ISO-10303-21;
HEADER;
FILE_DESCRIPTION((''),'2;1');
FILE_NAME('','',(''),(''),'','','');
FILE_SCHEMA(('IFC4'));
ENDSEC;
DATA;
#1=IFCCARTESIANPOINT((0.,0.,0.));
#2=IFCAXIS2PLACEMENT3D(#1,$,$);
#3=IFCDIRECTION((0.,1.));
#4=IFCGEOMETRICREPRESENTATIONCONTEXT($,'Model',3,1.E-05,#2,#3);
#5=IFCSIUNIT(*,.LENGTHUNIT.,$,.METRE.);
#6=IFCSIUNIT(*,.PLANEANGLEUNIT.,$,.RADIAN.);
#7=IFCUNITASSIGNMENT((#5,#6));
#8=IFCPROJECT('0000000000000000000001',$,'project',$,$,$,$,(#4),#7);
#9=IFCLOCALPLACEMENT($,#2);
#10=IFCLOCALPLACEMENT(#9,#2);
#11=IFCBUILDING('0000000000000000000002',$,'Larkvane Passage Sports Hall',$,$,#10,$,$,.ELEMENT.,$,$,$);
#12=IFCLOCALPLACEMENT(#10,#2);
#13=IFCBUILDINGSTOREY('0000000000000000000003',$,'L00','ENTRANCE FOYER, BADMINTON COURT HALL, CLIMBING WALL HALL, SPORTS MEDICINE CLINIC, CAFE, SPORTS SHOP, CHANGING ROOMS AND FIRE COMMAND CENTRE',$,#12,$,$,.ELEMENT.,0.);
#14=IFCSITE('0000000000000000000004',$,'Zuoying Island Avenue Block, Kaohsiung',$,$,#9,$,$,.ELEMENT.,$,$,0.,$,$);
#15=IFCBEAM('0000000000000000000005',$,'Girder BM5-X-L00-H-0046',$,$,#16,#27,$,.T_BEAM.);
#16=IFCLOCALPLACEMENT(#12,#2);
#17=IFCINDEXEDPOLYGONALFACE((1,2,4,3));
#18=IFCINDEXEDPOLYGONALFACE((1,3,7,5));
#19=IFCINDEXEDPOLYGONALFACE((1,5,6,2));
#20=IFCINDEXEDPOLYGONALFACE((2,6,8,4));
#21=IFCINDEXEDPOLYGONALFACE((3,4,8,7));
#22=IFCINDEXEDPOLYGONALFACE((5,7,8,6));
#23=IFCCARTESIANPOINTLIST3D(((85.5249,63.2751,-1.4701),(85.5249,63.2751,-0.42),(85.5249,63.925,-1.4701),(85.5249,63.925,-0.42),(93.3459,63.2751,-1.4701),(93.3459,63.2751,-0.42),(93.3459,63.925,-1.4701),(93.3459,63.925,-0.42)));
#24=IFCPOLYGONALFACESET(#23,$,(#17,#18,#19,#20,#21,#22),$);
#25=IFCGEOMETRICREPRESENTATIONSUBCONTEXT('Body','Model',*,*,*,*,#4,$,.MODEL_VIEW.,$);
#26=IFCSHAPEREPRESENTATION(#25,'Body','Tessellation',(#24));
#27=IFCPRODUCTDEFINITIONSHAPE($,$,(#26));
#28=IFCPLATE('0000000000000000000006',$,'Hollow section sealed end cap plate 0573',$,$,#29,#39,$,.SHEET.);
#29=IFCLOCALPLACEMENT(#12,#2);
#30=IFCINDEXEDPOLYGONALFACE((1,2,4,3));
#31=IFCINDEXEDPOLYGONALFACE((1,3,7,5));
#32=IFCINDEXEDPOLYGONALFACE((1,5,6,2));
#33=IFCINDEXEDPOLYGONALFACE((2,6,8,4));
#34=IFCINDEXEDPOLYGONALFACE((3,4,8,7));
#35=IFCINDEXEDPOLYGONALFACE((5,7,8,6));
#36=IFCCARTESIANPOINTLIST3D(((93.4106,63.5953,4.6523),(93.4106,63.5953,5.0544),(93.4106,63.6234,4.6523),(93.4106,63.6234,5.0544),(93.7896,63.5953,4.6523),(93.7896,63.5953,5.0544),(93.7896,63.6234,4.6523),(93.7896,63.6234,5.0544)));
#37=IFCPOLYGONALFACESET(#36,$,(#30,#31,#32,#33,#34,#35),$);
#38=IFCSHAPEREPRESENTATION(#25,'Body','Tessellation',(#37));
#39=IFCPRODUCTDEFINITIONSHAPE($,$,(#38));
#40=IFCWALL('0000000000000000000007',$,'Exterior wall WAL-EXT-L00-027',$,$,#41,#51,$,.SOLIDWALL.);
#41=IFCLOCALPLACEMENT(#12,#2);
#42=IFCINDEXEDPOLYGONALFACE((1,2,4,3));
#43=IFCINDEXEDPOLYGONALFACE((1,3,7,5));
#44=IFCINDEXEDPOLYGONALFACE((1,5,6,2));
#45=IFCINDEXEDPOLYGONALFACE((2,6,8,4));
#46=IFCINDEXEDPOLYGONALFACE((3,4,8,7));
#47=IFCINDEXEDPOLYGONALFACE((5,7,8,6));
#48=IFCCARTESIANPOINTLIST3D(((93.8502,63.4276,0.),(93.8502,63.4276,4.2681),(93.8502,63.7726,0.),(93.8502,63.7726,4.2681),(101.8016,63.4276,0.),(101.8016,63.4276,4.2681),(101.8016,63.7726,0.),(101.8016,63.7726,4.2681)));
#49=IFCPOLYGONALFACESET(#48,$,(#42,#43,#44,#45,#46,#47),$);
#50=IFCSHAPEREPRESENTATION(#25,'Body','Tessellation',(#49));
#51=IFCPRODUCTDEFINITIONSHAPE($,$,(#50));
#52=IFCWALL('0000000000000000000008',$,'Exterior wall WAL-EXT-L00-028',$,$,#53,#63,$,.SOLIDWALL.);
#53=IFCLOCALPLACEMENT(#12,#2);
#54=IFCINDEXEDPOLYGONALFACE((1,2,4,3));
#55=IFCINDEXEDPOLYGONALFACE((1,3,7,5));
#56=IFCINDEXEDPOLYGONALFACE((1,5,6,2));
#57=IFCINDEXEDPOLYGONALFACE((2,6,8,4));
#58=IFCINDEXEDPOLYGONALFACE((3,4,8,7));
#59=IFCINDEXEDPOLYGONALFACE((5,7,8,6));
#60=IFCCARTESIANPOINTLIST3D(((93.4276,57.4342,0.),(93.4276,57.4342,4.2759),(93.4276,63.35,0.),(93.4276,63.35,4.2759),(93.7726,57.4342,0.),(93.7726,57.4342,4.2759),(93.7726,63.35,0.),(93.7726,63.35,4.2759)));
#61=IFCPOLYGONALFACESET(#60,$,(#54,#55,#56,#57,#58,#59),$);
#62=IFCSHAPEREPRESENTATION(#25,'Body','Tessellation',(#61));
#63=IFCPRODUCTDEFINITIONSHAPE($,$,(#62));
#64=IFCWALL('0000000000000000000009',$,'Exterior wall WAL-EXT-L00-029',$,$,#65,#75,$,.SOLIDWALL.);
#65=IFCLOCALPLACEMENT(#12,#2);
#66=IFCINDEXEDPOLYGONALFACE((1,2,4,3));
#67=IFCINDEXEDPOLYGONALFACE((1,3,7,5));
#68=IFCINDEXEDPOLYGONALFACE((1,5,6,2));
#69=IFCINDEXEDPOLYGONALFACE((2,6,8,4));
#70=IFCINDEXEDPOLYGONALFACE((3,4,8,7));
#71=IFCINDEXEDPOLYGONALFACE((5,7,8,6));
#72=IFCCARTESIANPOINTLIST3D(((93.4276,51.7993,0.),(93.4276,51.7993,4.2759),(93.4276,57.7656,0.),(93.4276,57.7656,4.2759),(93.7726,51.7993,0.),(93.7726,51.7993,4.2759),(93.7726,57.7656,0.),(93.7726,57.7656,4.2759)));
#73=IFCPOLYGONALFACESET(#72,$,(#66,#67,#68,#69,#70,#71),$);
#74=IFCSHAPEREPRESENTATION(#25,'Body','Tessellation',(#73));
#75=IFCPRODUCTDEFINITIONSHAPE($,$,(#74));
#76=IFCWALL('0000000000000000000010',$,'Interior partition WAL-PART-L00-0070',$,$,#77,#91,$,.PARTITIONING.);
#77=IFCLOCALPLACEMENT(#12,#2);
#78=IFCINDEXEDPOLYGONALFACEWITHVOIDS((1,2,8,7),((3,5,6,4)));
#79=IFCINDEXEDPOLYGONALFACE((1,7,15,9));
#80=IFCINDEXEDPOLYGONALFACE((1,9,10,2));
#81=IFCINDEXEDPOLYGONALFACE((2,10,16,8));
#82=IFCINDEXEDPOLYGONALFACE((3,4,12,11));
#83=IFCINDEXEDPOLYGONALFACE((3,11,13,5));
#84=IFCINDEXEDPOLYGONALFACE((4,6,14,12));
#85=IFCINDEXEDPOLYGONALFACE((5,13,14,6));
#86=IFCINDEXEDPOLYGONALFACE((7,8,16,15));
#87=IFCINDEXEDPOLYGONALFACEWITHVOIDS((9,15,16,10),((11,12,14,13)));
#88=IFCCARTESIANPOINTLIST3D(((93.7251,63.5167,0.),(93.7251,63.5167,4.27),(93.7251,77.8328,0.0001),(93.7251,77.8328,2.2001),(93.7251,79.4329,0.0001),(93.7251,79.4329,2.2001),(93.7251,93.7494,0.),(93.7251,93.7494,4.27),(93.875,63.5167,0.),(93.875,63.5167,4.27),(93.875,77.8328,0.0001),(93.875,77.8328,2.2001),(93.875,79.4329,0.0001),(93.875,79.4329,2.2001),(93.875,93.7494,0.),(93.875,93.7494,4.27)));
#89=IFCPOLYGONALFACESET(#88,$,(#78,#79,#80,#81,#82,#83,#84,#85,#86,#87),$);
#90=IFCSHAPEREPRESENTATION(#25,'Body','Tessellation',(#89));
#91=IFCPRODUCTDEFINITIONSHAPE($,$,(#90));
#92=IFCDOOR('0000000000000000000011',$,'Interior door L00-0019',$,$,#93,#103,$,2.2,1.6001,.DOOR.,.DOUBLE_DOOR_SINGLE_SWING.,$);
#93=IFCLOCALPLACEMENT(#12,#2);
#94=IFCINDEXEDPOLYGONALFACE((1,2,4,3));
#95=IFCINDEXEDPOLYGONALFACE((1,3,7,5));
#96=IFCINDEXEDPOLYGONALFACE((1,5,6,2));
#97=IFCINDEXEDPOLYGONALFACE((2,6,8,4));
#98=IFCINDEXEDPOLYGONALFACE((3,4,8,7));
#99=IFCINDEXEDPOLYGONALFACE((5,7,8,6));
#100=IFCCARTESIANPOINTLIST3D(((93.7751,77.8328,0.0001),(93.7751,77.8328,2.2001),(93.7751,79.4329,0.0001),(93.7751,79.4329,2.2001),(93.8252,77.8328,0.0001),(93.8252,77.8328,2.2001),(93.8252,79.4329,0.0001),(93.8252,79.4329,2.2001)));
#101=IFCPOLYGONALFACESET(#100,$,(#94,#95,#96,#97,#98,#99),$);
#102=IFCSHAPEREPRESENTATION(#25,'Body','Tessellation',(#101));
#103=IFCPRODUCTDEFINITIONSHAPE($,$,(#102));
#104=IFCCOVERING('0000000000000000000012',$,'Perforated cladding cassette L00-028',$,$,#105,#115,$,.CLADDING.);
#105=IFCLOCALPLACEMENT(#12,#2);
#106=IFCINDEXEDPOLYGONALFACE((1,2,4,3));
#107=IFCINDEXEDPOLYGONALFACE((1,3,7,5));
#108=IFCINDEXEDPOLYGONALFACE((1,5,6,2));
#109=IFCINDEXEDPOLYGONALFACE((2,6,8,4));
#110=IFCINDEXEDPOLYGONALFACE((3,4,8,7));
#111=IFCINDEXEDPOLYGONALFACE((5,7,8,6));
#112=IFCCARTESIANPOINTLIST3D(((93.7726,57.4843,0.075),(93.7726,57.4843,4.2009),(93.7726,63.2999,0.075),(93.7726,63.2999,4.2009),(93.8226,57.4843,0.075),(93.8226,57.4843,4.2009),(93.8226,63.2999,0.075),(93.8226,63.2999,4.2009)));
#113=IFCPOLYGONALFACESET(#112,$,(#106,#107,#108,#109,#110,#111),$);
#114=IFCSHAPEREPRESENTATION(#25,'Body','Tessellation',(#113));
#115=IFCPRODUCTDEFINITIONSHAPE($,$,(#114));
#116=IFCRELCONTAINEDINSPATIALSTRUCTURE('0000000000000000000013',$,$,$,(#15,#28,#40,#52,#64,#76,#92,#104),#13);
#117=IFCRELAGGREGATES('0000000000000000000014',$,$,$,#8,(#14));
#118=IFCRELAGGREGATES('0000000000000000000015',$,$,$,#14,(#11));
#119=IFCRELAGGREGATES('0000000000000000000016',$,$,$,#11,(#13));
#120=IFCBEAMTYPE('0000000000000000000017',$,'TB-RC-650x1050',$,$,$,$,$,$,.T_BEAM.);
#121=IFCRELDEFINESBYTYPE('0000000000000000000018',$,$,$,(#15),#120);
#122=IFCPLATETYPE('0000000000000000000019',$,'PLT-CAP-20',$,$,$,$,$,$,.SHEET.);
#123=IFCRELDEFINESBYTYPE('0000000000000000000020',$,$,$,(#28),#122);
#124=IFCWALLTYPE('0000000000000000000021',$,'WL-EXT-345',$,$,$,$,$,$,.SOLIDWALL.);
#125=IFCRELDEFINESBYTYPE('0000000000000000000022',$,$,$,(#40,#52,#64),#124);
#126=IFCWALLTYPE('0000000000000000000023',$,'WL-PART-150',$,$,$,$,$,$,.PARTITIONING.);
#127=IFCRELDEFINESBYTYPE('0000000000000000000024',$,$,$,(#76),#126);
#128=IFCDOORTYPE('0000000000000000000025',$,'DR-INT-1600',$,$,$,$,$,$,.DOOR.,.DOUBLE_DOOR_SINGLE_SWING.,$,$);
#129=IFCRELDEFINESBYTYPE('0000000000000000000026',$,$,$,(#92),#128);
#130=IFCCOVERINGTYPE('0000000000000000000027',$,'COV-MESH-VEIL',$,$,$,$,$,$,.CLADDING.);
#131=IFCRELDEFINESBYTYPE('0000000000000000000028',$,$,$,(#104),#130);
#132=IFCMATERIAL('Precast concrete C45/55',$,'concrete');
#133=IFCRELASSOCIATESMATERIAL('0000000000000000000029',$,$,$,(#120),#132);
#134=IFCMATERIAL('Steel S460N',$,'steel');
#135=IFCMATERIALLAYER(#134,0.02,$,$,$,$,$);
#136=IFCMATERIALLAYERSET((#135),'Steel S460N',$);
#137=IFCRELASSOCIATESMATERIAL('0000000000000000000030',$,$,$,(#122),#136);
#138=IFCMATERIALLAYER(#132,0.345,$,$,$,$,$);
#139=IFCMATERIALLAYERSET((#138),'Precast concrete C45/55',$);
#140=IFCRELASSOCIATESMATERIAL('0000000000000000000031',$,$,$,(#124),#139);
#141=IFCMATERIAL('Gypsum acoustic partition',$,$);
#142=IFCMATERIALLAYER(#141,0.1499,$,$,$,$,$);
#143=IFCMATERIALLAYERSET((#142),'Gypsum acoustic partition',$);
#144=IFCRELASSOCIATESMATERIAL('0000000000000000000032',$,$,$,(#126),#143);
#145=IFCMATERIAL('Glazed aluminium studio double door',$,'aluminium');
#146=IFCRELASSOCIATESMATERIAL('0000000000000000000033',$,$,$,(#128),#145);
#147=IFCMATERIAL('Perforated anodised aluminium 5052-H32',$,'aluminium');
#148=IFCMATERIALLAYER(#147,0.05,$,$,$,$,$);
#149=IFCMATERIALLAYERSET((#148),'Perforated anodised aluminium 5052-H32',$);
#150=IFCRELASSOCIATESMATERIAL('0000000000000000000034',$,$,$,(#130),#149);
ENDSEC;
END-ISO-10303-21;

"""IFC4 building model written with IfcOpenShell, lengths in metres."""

from ifc_helpers import new_model, si_unit, direction, frame, frame_2d, origin, origin_2d, place, context, subcontext, project, spatial, rectangle, extrude, material, layer, layer_set, material_profile, profile_set, type_object, element, fill, save


model = new_model("IFC4")

# Units and contexts
model_context = context("Model", 3, precision=1e-05, world=origin(), true_north=direction((0.0, 1.0)))
body_context = subcontext(model_context, "Body", "Model", "MODEL_VIEW")
ifc_project = project(units=[si_unit("LENGTHUNIT", "METRE"), si_unit("PLANEANGLEUNIT", "RADIAN")], contexts=[model_context])

# Site, building, storey
site_placement = place(None, origin())
site = spatial("IfcSite", under=ifc_project, at=site_placement, Name="Zuoying Island Avenue Block, Kaohsiung", CompositionType="ELEMENT", RefElevation=0.0)
building_placement = place(site_placement, origin())
building = spatial("IfcBuilding", under=site, at=building_placement, Name="Larkvane Passage Sports Hall", CompositionType="ELEMENT")
storey_placement = place(building_placement, origin())
storey = spatial("IfcBuildingStorey", under=building, at=storey_placement, Name="L00", Description="ENTRANCE FOYER, BADMINTON COURT HALL, CLIMBING WALL HALL, SPORTS MEDICINE CLINIC, CAFE, SPORTS SHOP, CHANGING ROOMS AND FIRE COMMAND CENTRE", CompositionType="ELEMENT", Elevation=0.0)

# Shared definitions
ifc_material_1 = material(Name="Steel S460N", Category="steel")

# Beam
ifc_material_2 = material(Name="Precast concrete C45/55", Category="concrete")
ifc_material_profile_1 = material_profile(ifc_material_2, rectangle(XDim=0.6499, YDim=1.05, at=origin_2d()), Name="RC-TB-650x1050")
ifc_profile_set_1 = profile_set([ifc_material_profile_1], Name="Precast concrete C45/55")
beam_type_1 = type_object("IfcBeamType", Name="TB-RC-650x1050", PredefinedType="T_BEAM", material=ifc_profile_set_1)
beam_1_placement = place(storey_placement, frame((85.5249, 63.6001, -0.9451), z_axis=(1.0, 0.0, 0.0), x_axis=(0.0, 1.0, 0.0)))
element("IfcBeam", 1, at=beam_1_placement, inside=storey, type_object=beam_type_1, Name="Girder BM5-X-L00-H-0046", PredefinedType="T_BEAM", context=body_context, shape_type="SweptSolid", body=[
    extrude(rectangle(XDim=0.6499, YDim=1.05, at=origin_2d()), origin(), (0.0, 0.0, 1.0), 7.821),
])

# Plate
ifc_layer_1 = layer(ifc_material_1, 0.02)
ifc_layer_set_1 = layer_set([ifc_layer_1], Name="Steel S460N")
plate_type = type_object("IfcPlateType", Name="PLT-CAP-20", PredefinedType="SHEET", material=ifc_layer_set_1)
plate_placement = place(storey_placement, frame((93.6001, 63.6094, 4.6523), z_axis=(0.0, 0.0, 1.0), x_axis=(-1.0, 0.0, 0.0)))
element("IfcPlate", 2, at=plate_placement, inside=storey, type_object=plate_type, Name="Hollow section sealed end cap plate 0573", PredefinedType="SHEET", context=body_context, shape_type="SweptSolid", body=[
    extrude(rectangle(XDim=0.3789, YDim=0.0281, at=origin_2d()), origin(), (0.0, 0.0, 1.0), 0.4021),
])

# Walls
ifc_layer_2 = layer(ifc_material_2, 0.345)
ifc_layer_set_2 = layer_set([ifc_layer_2], Name="Precast concrete C45/55")
wall_type_1 = type_object("IfcWallType", Name="WL-EXT-345", PredefinedType="SOLIDWALL", material=ifc_layer_set_2)
wall_1_placement = place(storey_placement, frame((101.8015, 63.6001, 0.0), z_axis=(0.0, 0.0, 1.0), x_axis=(-1.0, 0.0, 0.0)))
element("IfcWall", 3, at=wall_1_placement, inside=storey, type_object=wall_type_1, Name="Exterior wall WAL-EXT-L00-027", PredefinedType="SOLIDWALL", context=body_context, shape_type="SweptSolid", body=[
    extrude(rectangle(XDim=7.9514, YDim=0.345, at=frame_2d((3.9756, 0.0))), origin(), (0.0, 0.0, 1.0), 4.2681),
])
wall_2_placement = place(storey_placement, frame((93.6001, 63.3501, 0.0), z_axis=(0.0, 0.0, 1.0), x_axis=(0.0, -1.0, 0.0)))
element("IfcWall", 4, at=wall_2_placement, inside=storey, type_object=wall_type_1, Name="Exterior wall WAL-EXT-L00-028", PredefinedType="SOLIDWALL", context=body_context, shape_type="SweptSolid", body=[
    extrude(rectangle(XDim=5.9158, YDim=0.345, at=frame_2d((2.958, 0.0))), origin(), (0.0, 0.0, 1.0), 4.2759),
])
wall_3_placement = place(storey_placement, frame((93.6001, 57.7656, 0.0), z_axis=(0.0, 0.0, 1.0), x_axis=(0.0, -1.0, 0.0)))
element("IfcWall", 5, at=wall_3_placement, inside=storey, type_object=wall_type_1, Name="Exterior wall WAL-EXT-L00-029", PredefinedType="SOLIDWALL", context=body_context, shape_type="SweptSolid", body=[
    extrude(rectangle(XDim=5.9663, YDim=0.345, at=frame_2d((2.9832, 0.0))), origin(), (0.0, 0.0, 1.0), 4.2759),
])

# Wall, opening, door
ifc_material_3 = material(Name="Gypsum acoustic partition")
ifc_layer_3 = layer(ifc_material_3, 0.1499)
ifc_layer_set_3 = layer_set([ifc_layer_3], Name="Gypsum acoustic partition")
wall_type_2 = type_object("IfcWallType", Name="WL-PART-150", PredefinedType="PARTITIONING", material=ifc_layer_set_3)
wall_4_placement = place(storey_placement, frame((93.8, 63.5168, 0.0), z_axis=(0.0, 0.0, 1.0), x_axis=(0.0, 1.0, 0.0)))
wall_4 = element("IfcWall", 6, at=wall_4_placement, inside=storey, type_object=wall_type_2, Name="Interior partition WAL-PART-L00-0070", PredefinedType="PARTITIONING", context=body_context, shape_type="SweptSolid", body=[
    extrude(rectangle(XDim=30.2327, YDim=0.1499, at=frame_2d((15.1162, 0.0))), origin(), (0.0, 0.0, 1.0), 4.27),
])
opening_placement = place(wall_4_placement, frame((14.3159, 0.0, 0.0)))
opening = element("IfcOpeningElement", 7, at=opening_placement, cuts=wall_4, PredefinedType="OPENING", context=body_context, shape_type="SweptSolid", body=[
    extrude(rectangle(XDim=1.6001, YDim=2.2, at=frame_2d((0.8, 1.1001))), frame((0.0, 0.085, 0.0), z_axis=(0.0, -1.0, 0.0), x_axis=(1.0, 0.0, 0.0)), (0.0, 0.0, 1.0), 0.1699),
])
ifc_material_4 = material(Name="Glazed aluminium studio double door", Category="aluminium")
door_type = type_object("IfcDoorType", Name="DR-INT-1600", OperationType="DOUBLE_DOOR_SINGLE_SWING", PredefinedType="DOOR", material=ifc_material_4)
door_placement = place(opening_placement, origin())
door = element("IfcDoor", 8, at=door_placement, inside=storey, type_object=door_type, Name="Interior door L00-0019", OperationType="DOUBLE_DOOR_SINGLE_SWING", OverallHeight=2.2, OverallWidth=1.6001, PredefinedType="DOOR", context=body_context, shape_type="SweptSolid", body=[
    extrude(rectangle(XDim=1.6001, YDim=2.2, at=frame_2d((0.8, 1.1001))), frame((0.0, 0.0249, 0.0), z_axis=(0.0, -1.0, 0.0), x_axis=(1.0, 0.0, 0.0)), (0.0, 0.0, 1.0), 0.05),
])
fill(opening, door)

# Covering
ifc_material_5 = material(Name="Perforated anodised aluminium 5052-H32", Category="aluminium")
ifc_layer_4 = layer(ifc_material_5, 0.05)
ifc_layer_set_4 = layer_set([ifc_layer_4], Name="Perforated anodised aluminium 5052-H32")
covering_type = type_object("IfcCoveringType", Name="COV-MESH-VEIL", PredefinedType="CLADDING", material=ifc_layer_set_4)
covering_placement = place(storey_placement, frame((93.7976, 60.3921, 0.075), z_axis=(0.0, 0.0, 1.0), x_axis=(0.0, -1.0, 0.0)))
element("IfcCovering", 9, at=covering_placement, inside=storey, type_object=covering_type, Name="Perforated cladding cassette L00-028", PredefinedType="CLADDING", context=body_context, shape_type="SweptSolid", body=[
    extrude(rectangle(XDim=5.8157, YDim=0.05, at=origin_2d()), origin(), (0.0, 0.0, 1.0), 4.126),
])

save(model, "model.ifc")
